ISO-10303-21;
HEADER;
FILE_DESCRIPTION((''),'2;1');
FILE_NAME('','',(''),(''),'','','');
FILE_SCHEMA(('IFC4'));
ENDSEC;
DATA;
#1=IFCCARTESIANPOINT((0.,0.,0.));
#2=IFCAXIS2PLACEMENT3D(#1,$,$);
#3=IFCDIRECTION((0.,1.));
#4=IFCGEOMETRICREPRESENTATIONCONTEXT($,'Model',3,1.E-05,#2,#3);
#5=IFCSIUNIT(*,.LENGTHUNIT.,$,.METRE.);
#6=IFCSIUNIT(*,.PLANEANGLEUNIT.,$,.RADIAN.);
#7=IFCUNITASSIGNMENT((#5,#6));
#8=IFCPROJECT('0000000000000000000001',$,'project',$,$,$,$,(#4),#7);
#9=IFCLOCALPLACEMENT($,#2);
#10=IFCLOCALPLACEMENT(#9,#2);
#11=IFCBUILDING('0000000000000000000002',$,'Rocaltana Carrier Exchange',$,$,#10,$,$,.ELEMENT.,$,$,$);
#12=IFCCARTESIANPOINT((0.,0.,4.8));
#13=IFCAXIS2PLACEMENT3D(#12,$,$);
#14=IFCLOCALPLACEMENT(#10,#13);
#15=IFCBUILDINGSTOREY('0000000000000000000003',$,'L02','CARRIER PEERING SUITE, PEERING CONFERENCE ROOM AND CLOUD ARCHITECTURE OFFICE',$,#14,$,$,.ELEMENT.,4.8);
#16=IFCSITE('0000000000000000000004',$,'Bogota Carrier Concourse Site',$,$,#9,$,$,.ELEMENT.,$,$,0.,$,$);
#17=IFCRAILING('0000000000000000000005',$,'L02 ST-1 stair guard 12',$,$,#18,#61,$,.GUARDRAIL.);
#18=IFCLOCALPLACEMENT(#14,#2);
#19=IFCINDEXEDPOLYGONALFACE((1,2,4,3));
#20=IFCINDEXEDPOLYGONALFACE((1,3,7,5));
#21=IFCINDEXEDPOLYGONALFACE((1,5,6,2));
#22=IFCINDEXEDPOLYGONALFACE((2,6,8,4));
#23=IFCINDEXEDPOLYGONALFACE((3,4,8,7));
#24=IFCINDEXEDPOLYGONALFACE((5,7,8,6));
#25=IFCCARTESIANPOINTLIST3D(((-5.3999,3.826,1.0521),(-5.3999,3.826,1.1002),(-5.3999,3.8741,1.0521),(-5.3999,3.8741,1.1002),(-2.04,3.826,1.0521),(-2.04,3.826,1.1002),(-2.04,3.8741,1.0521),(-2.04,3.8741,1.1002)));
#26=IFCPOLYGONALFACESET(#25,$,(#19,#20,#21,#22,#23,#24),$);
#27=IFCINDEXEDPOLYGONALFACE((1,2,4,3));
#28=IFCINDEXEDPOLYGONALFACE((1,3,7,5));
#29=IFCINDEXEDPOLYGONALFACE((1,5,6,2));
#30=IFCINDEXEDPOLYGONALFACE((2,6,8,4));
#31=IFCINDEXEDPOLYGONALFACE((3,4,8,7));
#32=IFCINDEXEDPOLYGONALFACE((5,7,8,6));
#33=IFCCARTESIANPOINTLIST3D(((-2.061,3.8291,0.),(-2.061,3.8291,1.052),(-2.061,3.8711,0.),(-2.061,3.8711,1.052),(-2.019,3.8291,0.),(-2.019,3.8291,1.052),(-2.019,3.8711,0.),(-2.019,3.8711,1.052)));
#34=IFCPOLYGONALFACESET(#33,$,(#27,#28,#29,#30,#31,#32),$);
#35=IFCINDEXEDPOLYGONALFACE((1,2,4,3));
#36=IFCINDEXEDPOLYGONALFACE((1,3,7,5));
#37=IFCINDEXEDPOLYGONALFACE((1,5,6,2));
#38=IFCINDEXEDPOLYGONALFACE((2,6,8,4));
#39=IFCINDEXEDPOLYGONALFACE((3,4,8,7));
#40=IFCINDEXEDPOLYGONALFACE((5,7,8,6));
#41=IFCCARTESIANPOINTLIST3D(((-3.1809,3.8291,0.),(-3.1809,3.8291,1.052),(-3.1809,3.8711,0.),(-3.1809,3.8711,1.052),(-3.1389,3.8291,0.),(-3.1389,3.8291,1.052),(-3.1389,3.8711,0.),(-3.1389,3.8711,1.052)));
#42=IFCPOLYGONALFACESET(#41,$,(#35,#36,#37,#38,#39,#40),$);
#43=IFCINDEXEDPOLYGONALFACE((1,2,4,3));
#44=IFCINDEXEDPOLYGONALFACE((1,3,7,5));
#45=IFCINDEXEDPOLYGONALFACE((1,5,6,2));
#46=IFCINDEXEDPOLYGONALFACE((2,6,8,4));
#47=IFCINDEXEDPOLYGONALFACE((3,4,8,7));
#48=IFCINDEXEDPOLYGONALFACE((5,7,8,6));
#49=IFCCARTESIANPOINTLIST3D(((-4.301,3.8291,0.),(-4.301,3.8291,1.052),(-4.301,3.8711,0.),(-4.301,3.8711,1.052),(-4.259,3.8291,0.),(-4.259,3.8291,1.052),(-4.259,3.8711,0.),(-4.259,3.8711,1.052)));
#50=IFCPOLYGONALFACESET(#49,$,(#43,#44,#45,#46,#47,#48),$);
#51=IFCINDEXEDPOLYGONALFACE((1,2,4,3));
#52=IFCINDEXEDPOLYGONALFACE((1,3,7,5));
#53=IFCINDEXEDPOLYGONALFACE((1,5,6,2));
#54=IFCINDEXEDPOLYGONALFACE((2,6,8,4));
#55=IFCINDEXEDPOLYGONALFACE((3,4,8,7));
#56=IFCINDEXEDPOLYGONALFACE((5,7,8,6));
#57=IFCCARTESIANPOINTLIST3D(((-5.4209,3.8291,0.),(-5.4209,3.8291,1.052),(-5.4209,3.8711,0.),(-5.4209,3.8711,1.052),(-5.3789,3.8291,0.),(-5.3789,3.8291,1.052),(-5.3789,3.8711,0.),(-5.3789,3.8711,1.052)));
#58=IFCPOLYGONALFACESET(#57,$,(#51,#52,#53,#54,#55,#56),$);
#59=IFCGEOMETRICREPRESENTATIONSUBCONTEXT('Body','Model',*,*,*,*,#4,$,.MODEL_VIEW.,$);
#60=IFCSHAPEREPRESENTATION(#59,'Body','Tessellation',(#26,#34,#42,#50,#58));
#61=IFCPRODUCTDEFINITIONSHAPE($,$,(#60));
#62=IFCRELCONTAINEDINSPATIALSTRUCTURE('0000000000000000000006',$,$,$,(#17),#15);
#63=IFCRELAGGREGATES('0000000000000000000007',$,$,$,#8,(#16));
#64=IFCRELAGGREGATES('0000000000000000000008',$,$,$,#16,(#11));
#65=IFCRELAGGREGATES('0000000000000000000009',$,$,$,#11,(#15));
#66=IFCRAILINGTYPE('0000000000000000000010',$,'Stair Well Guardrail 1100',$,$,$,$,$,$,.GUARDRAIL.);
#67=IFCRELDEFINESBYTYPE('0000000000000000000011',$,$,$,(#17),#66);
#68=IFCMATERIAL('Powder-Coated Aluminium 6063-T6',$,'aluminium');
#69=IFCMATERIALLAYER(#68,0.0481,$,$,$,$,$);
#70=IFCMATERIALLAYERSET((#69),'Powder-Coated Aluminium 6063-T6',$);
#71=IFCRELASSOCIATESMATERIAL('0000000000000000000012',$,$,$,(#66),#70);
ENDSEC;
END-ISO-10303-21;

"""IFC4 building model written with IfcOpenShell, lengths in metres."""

from ifc_helpers import new_model, si_unit, direction, frame, origin, origin_2d, place, context, subcontext, project, spatial, rectangle, extrude, material, layer, layer_set, type_object, element, save


model = new_model("IFC4")

# Units and contexts
model_context = context("Model", 3, precision=1e-05, world=origin(), true_north=direction((0.0, 1.0)))
body_context = subcontext(model_context, "Body", "Model", "MODEL_VIEW")
ifc_project = project(units=[si_unit("LENGTHUNIT", "METRE"), si_unit("PLANEANGLEUNIT", "RADIAN")], contexts=[model_context])

# Site, building, storey
site_placement = place(None, origin())
site = spatial("IfcSite", under=ifc_project, at=site_placement, Name="Bogota Carrier Concourse Site", CompositionType="ELEMENT", RefElevation=0.0)
building_placement = place(site_placement, origin())
building = spatial("IfcBuilding", under=site, at=building_placement, Name="Rocaltana Carrier Exchange", CompositionType="ELEMENT")
storey_placement = place(building_placement, frame((0.0, 0.0, 4.8)))
storey = spatial("IfcBuildingStorey", under=building, at=storey_placement, Name="L02", Description="CARRIER PEERING SUITE, PEERING CONFERENCE ROOM AND CLOUD ARCHITECTURE OFFICE", CompositionType="ELEMENT", Elevation=4.8)

# Railing
ifc_material_1 = material(Name="Powder-Coated Aluminium 6063-T6", Category="aluminium")
ifc_layer_1 = layer(ifc_material_1, 0.0481)
ifc_layer_set_1 = layer_set([ifc_layer_1], Name="Powder-Coated Aluminium 6063-T6")
railing_type_1 = type_object("IfcRailingType", Name="Stair Well Guardrail 1100", PredefinedType="GUARDRAIL", material=ifc_layer_set_1)
railing_1_placement = place(storey_placement, frame((-2.04, 3.8501, 0.0)))
element("IfcRailing", 1, at=railing_1_placement, inside=storey, type_object=railing_type_1, Name="L02 ST-1 stair guard 12", PredefinedType="GUARDRAIL", context=body_context, shape_type="SweptSolid", body=[
    extrude(rectangle(XDim=0.0481, YDim=0.0481, at=origin_2d()), frame((0.0, 0.0, 1.0762), z_axis=(-1.0, 0.0, 0.0), x_axis=(0.0, -1.0, 0.0)), (0.0, 0.0, 1.0), 3.3599),
    extrude(rectangle(XDim=0.042, YDim=0.042, at=origin_2d()), origin(), (0.0, 0.0, 1.0), 1.052),
    extrude(rectangle(XDim=0.042, YDim=0.042, at=origin_2d()), frame((-1.1199, 0.0, 0.0)), (0.0, 0.0, 1.0), 1.052),
    extrude(rectangle(XDim=0.042, YDim=0.042, at=origin_2d()), frame((-2.24, 0.0, 0.0)), (0.0, 0.0, 1.0), 1.052),
    extrude(rectangle(XDim=0.042, YDim=0.042, at=origin_2d()), frame((-3.3599, 0.0, 0.0)), (0.0, 0.0, 1.0), 1.052),
])

save(model, "model.ifc")
